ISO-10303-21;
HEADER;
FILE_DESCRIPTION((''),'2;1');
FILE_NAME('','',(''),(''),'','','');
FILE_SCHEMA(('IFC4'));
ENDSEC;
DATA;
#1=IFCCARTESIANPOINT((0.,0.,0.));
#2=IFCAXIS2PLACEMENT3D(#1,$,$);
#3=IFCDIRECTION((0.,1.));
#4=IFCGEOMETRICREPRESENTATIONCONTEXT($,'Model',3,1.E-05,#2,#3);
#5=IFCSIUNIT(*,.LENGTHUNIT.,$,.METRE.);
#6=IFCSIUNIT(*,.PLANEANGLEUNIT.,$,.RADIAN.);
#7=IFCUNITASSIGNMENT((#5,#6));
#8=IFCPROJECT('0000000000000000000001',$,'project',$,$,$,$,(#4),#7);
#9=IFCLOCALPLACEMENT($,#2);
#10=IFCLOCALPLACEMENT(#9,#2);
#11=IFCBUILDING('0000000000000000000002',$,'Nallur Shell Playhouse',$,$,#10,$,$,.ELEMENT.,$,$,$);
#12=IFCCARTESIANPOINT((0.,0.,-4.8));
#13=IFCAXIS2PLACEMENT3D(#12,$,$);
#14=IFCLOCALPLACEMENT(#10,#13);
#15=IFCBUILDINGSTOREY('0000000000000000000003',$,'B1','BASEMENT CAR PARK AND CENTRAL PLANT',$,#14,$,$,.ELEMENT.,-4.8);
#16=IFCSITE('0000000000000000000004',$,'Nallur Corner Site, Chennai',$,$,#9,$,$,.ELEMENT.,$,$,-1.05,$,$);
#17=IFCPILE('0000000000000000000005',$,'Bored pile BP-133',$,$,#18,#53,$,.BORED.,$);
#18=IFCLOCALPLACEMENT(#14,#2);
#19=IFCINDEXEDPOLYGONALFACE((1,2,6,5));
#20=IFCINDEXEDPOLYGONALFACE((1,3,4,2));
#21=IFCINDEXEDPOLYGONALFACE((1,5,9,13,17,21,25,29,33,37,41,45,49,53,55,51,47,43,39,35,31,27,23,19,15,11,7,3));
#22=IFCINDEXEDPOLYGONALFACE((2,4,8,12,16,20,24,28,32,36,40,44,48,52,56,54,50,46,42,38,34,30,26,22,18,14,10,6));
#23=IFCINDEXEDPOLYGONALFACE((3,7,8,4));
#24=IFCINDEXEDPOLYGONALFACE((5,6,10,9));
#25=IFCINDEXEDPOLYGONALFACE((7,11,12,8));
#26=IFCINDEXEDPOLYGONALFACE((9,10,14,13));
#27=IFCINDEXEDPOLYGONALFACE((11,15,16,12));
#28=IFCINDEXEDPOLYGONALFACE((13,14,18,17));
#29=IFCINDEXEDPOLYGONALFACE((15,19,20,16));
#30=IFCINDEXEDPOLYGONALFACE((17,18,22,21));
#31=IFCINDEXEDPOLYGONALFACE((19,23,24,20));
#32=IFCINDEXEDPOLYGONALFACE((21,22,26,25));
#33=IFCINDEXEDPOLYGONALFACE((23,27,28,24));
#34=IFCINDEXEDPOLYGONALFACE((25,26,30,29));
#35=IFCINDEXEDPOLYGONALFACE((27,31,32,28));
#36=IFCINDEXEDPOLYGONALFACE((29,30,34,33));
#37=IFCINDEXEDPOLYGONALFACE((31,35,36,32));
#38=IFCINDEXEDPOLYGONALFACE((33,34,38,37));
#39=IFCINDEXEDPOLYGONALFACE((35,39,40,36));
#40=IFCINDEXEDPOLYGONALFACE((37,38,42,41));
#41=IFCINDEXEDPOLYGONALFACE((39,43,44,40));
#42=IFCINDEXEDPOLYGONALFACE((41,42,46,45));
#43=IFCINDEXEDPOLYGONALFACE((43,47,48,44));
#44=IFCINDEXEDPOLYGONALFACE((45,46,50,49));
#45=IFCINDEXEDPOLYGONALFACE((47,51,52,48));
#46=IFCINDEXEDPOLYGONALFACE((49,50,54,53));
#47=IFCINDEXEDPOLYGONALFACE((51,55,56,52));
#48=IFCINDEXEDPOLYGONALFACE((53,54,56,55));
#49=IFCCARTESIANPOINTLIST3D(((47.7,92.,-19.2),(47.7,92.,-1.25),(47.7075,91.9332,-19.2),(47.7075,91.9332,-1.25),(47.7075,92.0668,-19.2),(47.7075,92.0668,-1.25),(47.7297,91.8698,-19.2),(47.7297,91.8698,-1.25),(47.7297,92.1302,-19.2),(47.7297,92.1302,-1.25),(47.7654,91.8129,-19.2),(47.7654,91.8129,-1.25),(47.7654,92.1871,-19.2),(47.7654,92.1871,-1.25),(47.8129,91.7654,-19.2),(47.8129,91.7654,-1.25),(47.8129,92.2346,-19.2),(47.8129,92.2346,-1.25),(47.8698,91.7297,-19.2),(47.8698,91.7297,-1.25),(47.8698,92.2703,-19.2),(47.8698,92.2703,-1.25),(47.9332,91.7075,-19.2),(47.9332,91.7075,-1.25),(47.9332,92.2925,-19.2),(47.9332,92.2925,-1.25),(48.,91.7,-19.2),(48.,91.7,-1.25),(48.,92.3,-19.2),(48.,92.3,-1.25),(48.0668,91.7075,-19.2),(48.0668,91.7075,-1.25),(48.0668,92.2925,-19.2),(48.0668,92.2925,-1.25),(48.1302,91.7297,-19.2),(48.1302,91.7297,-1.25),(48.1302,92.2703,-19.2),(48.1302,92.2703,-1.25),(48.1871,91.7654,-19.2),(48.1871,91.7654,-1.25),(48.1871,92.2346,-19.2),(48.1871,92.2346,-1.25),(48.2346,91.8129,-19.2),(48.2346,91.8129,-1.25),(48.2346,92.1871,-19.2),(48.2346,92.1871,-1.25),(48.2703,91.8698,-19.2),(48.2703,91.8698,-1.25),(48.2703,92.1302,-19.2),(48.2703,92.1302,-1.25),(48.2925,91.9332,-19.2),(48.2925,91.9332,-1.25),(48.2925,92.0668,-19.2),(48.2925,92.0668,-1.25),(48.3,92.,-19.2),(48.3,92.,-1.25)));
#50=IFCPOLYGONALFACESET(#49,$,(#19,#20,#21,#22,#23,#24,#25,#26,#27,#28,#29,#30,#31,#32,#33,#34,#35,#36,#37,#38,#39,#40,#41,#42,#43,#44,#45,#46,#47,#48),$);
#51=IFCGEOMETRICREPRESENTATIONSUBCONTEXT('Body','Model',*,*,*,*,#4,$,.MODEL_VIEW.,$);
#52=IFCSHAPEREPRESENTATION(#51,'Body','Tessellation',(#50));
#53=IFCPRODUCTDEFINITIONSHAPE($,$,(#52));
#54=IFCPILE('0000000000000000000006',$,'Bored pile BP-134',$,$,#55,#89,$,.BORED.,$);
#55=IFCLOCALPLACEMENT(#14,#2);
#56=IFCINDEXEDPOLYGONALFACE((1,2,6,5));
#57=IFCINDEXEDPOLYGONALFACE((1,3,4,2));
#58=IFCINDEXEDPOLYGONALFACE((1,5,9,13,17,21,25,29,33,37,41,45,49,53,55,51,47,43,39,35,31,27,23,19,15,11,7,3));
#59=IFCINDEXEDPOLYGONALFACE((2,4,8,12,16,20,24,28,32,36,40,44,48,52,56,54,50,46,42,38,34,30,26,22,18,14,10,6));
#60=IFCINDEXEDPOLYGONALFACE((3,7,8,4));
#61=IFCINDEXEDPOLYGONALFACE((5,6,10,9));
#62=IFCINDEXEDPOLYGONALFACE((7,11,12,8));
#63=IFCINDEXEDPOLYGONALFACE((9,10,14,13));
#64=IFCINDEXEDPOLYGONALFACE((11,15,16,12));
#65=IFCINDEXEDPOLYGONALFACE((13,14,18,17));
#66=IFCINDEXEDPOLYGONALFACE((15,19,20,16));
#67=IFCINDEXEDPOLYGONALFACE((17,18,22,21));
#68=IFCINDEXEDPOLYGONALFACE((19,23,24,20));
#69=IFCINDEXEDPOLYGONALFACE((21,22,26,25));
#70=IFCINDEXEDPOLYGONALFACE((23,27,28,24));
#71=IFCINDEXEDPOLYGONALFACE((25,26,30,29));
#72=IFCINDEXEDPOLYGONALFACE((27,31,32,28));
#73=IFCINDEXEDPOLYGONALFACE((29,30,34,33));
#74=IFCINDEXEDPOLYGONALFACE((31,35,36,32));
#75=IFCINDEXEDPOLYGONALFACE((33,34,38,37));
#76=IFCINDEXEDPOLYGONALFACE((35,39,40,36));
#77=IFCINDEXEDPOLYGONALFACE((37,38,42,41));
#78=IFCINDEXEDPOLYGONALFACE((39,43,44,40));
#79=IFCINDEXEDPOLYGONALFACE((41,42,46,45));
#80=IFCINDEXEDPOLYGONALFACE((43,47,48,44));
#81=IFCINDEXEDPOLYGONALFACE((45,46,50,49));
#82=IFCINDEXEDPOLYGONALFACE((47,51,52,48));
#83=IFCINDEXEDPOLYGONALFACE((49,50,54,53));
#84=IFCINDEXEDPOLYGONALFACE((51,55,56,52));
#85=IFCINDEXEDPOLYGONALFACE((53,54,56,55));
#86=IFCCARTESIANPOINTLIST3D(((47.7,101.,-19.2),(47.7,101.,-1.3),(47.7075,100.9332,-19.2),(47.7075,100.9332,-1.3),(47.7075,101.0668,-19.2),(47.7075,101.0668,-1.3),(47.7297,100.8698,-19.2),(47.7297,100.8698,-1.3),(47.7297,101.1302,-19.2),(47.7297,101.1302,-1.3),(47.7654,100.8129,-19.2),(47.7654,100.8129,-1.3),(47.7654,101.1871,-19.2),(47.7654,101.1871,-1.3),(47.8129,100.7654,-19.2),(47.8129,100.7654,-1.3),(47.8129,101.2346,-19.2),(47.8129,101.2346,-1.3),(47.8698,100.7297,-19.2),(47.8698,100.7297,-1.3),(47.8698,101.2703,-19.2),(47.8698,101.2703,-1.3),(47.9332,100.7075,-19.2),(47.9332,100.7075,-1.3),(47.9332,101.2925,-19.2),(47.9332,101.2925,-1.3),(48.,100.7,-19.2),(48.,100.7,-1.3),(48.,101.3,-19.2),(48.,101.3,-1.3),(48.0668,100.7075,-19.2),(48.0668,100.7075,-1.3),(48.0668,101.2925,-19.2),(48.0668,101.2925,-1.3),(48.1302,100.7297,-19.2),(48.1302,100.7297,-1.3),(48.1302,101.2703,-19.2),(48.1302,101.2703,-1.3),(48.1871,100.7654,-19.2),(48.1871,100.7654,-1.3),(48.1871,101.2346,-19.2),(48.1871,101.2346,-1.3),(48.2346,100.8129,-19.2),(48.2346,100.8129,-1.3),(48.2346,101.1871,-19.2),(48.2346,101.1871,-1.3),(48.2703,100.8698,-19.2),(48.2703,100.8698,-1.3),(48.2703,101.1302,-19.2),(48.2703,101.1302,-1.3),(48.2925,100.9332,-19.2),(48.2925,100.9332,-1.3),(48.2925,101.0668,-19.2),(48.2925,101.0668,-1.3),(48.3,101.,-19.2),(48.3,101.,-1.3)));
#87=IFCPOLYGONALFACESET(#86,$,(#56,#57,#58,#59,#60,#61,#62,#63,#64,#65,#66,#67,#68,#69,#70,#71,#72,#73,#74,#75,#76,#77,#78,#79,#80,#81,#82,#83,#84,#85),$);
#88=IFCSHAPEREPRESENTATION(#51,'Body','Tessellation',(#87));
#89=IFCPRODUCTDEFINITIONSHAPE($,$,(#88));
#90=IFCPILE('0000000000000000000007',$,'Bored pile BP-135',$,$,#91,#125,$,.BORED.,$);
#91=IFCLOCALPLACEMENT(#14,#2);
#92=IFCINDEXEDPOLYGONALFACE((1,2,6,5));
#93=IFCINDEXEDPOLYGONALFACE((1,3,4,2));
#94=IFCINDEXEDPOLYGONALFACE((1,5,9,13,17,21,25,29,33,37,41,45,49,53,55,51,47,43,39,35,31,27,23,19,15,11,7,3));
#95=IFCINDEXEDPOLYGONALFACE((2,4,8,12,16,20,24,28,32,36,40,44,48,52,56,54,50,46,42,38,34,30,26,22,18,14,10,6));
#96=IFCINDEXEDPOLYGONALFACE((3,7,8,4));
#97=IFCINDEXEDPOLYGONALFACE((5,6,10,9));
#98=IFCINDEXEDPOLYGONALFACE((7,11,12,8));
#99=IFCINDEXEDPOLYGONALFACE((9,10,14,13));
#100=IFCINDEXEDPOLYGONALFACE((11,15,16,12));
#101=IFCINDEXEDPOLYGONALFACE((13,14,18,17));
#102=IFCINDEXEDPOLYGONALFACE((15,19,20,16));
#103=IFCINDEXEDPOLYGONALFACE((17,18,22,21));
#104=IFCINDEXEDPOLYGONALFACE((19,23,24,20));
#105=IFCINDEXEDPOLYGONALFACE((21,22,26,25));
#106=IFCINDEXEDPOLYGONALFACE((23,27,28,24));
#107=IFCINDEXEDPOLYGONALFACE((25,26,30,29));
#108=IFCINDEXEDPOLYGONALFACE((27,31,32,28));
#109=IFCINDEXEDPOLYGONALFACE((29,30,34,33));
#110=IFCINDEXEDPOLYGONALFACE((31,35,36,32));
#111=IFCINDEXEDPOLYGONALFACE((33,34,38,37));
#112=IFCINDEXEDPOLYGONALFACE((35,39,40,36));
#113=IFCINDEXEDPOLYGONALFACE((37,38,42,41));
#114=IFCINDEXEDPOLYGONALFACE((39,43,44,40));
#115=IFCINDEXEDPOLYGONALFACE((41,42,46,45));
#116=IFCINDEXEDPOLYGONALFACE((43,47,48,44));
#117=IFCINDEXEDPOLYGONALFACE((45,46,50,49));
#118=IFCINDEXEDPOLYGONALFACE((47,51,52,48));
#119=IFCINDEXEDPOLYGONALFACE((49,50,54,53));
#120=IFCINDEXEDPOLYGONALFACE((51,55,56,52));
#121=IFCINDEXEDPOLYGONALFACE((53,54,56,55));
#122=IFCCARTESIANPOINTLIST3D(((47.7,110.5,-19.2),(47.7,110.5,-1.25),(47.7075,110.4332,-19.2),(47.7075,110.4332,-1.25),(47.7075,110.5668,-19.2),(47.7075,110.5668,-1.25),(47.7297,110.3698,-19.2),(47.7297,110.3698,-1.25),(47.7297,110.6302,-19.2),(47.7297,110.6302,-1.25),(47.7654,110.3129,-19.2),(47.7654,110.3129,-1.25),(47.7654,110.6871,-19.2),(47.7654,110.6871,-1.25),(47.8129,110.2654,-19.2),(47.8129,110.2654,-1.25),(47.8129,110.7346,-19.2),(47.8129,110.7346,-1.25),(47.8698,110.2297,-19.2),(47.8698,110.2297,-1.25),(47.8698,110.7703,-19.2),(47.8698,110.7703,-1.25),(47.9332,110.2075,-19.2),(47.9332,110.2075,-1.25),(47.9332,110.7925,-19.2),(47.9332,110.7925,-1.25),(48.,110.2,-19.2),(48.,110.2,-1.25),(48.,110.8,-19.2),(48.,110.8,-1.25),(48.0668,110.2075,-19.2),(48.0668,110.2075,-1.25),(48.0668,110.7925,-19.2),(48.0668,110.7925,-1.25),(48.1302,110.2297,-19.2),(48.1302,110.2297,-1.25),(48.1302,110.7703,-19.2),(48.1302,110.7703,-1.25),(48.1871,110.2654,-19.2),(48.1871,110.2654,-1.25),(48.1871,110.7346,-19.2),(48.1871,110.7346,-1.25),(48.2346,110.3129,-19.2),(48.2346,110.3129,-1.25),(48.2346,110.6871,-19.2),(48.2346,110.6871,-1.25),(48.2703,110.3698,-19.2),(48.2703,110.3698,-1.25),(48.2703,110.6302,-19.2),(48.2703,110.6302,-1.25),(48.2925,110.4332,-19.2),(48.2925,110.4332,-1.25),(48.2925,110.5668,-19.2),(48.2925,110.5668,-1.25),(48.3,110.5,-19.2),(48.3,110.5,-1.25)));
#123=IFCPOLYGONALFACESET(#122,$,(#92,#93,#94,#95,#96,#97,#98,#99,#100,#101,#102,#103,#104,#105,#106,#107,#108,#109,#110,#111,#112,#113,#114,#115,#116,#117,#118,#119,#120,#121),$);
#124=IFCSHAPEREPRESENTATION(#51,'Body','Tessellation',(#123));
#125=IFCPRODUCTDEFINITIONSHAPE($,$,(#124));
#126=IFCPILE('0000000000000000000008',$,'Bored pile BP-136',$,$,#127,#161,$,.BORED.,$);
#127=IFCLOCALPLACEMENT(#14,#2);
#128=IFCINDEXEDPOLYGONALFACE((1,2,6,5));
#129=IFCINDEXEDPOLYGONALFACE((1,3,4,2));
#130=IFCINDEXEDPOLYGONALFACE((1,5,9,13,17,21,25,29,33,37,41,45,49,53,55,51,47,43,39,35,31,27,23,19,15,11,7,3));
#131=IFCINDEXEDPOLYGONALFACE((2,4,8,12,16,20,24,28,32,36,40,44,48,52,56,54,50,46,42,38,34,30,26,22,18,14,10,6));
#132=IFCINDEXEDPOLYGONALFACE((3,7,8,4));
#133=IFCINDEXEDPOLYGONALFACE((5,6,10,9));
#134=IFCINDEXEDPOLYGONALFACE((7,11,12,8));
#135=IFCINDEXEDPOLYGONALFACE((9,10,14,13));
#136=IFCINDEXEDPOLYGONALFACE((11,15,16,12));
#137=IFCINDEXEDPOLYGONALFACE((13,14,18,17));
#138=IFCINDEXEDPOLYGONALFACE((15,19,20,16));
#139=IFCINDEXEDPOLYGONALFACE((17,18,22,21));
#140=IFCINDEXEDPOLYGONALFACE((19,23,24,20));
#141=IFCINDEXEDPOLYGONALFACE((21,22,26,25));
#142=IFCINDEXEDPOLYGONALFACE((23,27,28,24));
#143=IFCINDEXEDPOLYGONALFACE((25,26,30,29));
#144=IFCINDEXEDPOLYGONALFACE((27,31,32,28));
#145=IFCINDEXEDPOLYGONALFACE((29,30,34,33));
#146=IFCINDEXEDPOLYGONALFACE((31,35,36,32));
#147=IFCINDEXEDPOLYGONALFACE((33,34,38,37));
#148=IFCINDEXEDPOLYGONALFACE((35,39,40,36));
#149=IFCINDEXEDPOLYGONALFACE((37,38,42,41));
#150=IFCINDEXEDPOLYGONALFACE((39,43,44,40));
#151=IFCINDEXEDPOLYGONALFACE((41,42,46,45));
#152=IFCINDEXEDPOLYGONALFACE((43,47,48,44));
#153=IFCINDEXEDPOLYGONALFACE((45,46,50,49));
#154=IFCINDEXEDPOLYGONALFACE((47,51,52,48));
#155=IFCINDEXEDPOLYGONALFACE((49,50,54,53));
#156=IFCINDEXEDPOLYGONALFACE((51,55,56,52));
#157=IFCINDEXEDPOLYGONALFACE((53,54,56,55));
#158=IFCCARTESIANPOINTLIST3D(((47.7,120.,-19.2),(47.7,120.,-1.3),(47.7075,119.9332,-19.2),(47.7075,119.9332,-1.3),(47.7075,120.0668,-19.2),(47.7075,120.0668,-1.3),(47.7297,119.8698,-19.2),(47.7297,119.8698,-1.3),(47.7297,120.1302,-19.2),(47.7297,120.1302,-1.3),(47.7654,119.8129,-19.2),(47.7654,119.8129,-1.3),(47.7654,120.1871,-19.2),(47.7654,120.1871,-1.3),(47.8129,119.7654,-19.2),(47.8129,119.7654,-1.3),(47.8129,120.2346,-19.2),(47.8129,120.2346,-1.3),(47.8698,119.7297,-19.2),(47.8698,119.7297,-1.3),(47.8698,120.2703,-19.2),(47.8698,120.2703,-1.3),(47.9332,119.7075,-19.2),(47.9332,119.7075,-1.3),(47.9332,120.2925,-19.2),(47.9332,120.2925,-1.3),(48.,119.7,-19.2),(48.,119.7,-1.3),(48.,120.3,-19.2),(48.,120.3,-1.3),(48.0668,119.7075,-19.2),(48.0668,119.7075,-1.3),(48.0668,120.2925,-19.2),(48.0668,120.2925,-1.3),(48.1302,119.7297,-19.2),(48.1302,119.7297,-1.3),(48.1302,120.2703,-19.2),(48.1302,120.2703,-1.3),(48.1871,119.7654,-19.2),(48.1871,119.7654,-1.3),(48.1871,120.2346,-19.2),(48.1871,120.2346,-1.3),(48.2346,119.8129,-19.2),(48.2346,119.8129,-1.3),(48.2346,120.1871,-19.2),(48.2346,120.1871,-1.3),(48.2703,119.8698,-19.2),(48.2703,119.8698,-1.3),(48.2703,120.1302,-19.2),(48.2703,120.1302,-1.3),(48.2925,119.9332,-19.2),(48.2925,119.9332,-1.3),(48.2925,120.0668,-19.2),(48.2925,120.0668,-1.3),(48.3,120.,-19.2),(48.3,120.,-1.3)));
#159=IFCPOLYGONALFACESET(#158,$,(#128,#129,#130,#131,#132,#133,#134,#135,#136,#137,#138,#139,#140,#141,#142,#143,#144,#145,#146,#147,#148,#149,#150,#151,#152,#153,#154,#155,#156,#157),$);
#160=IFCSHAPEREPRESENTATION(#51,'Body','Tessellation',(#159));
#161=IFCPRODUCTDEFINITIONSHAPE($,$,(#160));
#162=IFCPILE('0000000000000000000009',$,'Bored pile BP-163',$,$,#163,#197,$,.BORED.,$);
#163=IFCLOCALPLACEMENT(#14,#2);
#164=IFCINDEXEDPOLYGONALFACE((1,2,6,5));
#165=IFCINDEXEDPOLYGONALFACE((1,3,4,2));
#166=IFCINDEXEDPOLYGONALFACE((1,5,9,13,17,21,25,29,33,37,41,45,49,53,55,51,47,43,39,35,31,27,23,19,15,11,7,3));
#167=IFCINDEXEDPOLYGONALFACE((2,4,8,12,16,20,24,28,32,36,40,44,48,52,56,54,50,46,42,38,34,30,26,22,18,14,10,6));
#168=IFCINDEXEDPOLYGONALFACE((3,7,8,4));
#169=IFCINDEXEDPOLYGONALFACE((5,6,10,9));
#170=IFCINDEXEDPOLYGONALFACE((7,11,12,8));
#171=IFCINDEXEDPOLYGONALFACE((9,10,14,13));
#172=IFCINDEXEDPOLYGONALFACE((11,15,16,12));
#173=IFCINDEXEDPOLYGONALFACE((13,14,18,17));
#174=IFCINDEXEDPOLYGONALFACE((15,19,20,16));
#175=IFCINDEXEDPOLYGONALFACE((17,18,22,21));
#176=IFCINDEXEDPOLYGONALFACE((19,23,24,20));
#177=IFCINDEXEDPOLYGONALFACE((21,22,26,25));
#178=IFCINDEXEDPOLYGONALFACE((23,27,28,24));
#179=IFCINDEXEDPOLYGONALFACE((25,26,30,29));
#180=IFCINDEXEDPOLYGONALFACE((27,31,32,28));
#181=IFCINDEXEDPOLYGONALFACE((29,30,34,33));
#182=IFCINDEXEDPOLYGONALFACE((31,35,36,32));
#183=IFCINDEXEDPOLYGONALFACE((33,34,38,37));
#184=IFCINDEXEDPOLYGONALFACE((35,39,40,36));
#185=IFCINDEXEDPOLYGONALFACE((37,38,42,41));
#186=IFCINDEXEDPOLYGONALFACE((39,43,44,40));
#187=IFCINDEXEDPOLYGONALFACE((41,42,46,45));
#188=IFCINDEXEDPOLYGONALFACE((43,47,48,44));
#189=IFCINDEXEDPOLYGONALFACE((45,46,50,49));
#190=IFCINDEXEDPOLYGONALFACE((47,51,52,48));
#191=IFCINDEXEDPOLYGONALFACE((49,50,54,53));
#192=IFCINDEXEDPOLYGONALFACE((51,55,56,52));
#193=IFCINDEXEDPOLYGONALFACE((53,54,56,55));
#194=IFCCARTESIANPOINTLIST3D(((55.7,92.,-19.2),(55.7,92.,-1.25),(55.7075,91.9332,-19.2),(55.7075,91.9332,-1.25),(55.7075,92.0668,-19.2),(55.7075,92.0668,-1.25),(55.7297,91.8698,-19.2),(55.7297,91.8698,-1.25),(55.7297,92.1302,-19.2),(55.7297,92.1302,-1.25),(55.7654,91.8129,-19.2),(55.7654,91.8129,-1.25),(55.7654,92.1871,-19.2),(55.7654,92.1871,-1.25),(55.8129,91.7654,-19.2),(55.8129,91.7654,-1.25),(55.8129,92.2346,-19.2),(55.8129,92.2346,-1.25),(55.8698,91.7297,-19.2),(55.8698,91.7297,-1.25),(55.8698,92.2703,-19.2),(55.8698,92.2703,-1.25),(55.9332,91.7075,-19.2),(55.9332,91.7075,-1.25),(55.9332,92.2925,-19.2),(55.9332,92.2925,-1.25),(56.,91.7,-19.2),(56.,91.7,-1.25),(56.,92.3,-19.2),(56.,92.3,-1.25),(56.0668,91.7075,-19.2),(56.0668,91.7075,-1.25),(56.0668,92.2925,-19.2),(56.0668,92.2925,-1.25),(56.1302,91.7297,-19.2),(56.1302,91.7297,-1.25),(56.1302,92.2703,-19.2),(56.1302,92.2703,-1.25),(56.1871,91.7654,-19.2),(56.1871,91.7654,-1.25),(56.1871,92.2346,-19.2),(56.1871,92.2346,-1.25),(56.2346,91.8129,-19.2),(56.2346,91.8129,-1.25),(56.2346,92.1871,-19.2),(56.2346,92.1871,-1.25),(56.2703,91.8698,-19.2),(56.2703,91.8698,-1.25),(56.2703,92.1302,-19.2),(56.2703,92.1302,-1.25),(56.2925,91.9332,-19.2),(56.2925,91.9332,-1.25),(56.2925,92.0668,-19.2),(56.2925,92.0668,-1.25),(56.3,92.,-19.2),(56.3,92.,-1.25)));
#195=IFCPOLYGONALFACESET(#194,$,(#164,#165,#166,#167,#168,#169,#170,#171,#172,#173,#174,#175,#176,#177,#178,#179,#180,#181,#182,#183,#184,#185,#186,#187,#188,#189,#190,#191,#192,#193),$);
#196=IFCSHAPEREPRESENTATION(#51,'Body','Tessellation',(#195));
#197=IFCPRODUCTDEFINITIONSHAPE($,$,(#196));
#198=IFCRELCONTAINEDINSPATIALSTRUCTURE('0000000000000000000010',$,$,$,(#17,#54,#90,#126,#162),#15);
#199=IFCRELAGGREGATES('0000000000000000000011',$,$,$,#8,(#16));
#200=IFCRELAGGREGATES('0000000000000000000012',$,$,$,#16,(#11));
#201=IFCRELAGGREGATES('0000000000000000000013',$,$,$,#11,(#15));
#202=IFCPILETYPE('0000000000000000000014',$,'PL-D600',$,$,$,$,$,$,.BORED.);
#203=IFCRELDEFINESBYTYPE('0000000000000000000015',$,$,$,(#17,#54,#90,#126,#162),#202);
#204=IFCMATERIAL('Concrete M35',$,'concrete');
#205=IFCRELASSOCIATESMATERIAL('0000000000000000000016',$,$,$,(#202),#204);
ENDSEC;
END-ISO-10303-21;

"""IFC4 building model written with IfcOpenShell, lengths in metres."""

from ifc_helpers import new_model, si_unit, direction, frame, origin, origin_2d, place, context, subcontext, project, spatial, circle, extrude, material, material_profile, profile_set, type_object, element, save


model = new_model("IFC4")

# Units and contexts
model_context = context("Model", 3, precision=1e-05, world=origin(), true_north=direction((0.0, 1.0)))
body_context = subcontext(model_context, "Body", "Model", "MODEL_VIEW")
ifc_project = project(units=[si_unit("LENGTHUNIT", "METRE"), si_unit("PLANEANGLEUNIT", "RADIAN")], contexts=[model_context])

# Site, building, storey
site_placement = place(None, origin())
site = spatial("IfcSite", under=ifc_project, at=site_placement, Name="Nallur Corner Site, Chennai", CompositionType="ELEMENT", RefElevation=-1.05)
building_placement = place(site_placement, origin())
building = spatial("IfcBuilding", under=site, at=building_placement, Name="Nallur Shell Playhouse", CompositionType="ELEMENT")
storey_placement = place(building_placement, frame((0.0, 0.0, -4.8)))
storey = spatial("IfcBuildingStorey", under=building, at=storey_placement, Name="B1", Description="BASEMENT CAR PARK AND CENTRAL PLANT", CompositionType="ELEMENT", Elevation=-4.8)

# Shared definitions
ifc_material = material(Name="Concrete M35", Category="concrete")

# Piles
ifc_material_profile_1 = material_profile(ifc_material, circle(Radius=0.3, at=origin_2d()), Name="BORED PILE D600")
ifc_profile_set_1 = profile_set([ifc_material_profile_1], Name="Concrete M35")
pile_type = type_object("IfcPileType", Name="PL-D600", PredefinedType="BORED", material=ifc_profile_set_1)
pile_1_placement = place(storey_placement, frame((48.0, 92.0, -1.25), z_axis=(0.0, 0.0, -1.0), x_axis=(1.0, 0.0, 0.0)))
element("IfcPile", 1, at=pile_1_placement, inside=storey, type_object=pile_type, Name="Bored pile BP-133", PredefinedType="BORED", context=body_context, shape_type="SweptSolid", body=[
    extrude(circle(Radius=0.3, at=origin_2d()), origin(), (0.0, 0.0, 1.0), 17.95),
])
pile_2_placement = place(storey_placement, frame((48.0, 101.0, -1.3), z_axis=(0.0, 0.0, -1.0), x_axis=(1.0, 0.0, 0.0)))
element("IfcPile", 2, at=pile_2_placement, inside=storey, type_object=pile_type, Name="Bored pile BP-134", PredefinedType="BORED", context=body_context, shape_type="SweptSolid", body=[
    extrude(circle(Radius=0.3, at=origin_2d()), origin(), (0.0, 0.0, 1.0), 17.8999),
])
pile_3_placement = place(storey_placement, frame((48.0, 110.5, -1.25), z_axis=(0.0, 0.0, -1.0), x_axis=(1.0, 0.0, 0.0)))
element("IfcPile", 3, at=pile_3_placement, inside=storey, type_object=pile_type, Name="Bored pile BP-135", PredefinedType="BORED", context=body_context, shape_type="SweptSolid", body=[
    extrude(circle(Radius=0.3, at=origin_2d()), origin(), (0.0, 0.0, 1.0), 17.95),
])
pile_4_placement = place(storey_placement, frame((48.0, 120.0, -1.3), z_axis=(0.0, 0.0, -1.0), x_axis=(1.0, 0.0, 0.0)))
element("IfcPile", 4, at=pile_4_placement, inside=storey, type_object=pile_type, Name="Bored pile BP-136", PredefinedType="BORED", context=body_context, shape_type="SweptSolid", body=[
    extrude(circle(Radius=0.3, at=origin_2d()), origin(), (0.0, 0.0, 1.0), 17.8999),
])
pile_5_placement = place(storey_placement, frame((56.0, 92.0, -1.25), z_axis=(0.0, 0.0, -1.0), x_axis=(1.0, 0.0, 0.0)))
element("IfcPile", 5, at=pile_5_placement, inside=storey, type_object=pile_type, Name="Bored pile BP-163", PredefinedType="BORED", context=body_context, shape_type="SweptSolid", body=[
    extrude(circle(Radius=0.3, at=origin_2d()), origin(), (0.0, 0.0, 1.0), 17.95),
])

save(model, "model.ifc")
